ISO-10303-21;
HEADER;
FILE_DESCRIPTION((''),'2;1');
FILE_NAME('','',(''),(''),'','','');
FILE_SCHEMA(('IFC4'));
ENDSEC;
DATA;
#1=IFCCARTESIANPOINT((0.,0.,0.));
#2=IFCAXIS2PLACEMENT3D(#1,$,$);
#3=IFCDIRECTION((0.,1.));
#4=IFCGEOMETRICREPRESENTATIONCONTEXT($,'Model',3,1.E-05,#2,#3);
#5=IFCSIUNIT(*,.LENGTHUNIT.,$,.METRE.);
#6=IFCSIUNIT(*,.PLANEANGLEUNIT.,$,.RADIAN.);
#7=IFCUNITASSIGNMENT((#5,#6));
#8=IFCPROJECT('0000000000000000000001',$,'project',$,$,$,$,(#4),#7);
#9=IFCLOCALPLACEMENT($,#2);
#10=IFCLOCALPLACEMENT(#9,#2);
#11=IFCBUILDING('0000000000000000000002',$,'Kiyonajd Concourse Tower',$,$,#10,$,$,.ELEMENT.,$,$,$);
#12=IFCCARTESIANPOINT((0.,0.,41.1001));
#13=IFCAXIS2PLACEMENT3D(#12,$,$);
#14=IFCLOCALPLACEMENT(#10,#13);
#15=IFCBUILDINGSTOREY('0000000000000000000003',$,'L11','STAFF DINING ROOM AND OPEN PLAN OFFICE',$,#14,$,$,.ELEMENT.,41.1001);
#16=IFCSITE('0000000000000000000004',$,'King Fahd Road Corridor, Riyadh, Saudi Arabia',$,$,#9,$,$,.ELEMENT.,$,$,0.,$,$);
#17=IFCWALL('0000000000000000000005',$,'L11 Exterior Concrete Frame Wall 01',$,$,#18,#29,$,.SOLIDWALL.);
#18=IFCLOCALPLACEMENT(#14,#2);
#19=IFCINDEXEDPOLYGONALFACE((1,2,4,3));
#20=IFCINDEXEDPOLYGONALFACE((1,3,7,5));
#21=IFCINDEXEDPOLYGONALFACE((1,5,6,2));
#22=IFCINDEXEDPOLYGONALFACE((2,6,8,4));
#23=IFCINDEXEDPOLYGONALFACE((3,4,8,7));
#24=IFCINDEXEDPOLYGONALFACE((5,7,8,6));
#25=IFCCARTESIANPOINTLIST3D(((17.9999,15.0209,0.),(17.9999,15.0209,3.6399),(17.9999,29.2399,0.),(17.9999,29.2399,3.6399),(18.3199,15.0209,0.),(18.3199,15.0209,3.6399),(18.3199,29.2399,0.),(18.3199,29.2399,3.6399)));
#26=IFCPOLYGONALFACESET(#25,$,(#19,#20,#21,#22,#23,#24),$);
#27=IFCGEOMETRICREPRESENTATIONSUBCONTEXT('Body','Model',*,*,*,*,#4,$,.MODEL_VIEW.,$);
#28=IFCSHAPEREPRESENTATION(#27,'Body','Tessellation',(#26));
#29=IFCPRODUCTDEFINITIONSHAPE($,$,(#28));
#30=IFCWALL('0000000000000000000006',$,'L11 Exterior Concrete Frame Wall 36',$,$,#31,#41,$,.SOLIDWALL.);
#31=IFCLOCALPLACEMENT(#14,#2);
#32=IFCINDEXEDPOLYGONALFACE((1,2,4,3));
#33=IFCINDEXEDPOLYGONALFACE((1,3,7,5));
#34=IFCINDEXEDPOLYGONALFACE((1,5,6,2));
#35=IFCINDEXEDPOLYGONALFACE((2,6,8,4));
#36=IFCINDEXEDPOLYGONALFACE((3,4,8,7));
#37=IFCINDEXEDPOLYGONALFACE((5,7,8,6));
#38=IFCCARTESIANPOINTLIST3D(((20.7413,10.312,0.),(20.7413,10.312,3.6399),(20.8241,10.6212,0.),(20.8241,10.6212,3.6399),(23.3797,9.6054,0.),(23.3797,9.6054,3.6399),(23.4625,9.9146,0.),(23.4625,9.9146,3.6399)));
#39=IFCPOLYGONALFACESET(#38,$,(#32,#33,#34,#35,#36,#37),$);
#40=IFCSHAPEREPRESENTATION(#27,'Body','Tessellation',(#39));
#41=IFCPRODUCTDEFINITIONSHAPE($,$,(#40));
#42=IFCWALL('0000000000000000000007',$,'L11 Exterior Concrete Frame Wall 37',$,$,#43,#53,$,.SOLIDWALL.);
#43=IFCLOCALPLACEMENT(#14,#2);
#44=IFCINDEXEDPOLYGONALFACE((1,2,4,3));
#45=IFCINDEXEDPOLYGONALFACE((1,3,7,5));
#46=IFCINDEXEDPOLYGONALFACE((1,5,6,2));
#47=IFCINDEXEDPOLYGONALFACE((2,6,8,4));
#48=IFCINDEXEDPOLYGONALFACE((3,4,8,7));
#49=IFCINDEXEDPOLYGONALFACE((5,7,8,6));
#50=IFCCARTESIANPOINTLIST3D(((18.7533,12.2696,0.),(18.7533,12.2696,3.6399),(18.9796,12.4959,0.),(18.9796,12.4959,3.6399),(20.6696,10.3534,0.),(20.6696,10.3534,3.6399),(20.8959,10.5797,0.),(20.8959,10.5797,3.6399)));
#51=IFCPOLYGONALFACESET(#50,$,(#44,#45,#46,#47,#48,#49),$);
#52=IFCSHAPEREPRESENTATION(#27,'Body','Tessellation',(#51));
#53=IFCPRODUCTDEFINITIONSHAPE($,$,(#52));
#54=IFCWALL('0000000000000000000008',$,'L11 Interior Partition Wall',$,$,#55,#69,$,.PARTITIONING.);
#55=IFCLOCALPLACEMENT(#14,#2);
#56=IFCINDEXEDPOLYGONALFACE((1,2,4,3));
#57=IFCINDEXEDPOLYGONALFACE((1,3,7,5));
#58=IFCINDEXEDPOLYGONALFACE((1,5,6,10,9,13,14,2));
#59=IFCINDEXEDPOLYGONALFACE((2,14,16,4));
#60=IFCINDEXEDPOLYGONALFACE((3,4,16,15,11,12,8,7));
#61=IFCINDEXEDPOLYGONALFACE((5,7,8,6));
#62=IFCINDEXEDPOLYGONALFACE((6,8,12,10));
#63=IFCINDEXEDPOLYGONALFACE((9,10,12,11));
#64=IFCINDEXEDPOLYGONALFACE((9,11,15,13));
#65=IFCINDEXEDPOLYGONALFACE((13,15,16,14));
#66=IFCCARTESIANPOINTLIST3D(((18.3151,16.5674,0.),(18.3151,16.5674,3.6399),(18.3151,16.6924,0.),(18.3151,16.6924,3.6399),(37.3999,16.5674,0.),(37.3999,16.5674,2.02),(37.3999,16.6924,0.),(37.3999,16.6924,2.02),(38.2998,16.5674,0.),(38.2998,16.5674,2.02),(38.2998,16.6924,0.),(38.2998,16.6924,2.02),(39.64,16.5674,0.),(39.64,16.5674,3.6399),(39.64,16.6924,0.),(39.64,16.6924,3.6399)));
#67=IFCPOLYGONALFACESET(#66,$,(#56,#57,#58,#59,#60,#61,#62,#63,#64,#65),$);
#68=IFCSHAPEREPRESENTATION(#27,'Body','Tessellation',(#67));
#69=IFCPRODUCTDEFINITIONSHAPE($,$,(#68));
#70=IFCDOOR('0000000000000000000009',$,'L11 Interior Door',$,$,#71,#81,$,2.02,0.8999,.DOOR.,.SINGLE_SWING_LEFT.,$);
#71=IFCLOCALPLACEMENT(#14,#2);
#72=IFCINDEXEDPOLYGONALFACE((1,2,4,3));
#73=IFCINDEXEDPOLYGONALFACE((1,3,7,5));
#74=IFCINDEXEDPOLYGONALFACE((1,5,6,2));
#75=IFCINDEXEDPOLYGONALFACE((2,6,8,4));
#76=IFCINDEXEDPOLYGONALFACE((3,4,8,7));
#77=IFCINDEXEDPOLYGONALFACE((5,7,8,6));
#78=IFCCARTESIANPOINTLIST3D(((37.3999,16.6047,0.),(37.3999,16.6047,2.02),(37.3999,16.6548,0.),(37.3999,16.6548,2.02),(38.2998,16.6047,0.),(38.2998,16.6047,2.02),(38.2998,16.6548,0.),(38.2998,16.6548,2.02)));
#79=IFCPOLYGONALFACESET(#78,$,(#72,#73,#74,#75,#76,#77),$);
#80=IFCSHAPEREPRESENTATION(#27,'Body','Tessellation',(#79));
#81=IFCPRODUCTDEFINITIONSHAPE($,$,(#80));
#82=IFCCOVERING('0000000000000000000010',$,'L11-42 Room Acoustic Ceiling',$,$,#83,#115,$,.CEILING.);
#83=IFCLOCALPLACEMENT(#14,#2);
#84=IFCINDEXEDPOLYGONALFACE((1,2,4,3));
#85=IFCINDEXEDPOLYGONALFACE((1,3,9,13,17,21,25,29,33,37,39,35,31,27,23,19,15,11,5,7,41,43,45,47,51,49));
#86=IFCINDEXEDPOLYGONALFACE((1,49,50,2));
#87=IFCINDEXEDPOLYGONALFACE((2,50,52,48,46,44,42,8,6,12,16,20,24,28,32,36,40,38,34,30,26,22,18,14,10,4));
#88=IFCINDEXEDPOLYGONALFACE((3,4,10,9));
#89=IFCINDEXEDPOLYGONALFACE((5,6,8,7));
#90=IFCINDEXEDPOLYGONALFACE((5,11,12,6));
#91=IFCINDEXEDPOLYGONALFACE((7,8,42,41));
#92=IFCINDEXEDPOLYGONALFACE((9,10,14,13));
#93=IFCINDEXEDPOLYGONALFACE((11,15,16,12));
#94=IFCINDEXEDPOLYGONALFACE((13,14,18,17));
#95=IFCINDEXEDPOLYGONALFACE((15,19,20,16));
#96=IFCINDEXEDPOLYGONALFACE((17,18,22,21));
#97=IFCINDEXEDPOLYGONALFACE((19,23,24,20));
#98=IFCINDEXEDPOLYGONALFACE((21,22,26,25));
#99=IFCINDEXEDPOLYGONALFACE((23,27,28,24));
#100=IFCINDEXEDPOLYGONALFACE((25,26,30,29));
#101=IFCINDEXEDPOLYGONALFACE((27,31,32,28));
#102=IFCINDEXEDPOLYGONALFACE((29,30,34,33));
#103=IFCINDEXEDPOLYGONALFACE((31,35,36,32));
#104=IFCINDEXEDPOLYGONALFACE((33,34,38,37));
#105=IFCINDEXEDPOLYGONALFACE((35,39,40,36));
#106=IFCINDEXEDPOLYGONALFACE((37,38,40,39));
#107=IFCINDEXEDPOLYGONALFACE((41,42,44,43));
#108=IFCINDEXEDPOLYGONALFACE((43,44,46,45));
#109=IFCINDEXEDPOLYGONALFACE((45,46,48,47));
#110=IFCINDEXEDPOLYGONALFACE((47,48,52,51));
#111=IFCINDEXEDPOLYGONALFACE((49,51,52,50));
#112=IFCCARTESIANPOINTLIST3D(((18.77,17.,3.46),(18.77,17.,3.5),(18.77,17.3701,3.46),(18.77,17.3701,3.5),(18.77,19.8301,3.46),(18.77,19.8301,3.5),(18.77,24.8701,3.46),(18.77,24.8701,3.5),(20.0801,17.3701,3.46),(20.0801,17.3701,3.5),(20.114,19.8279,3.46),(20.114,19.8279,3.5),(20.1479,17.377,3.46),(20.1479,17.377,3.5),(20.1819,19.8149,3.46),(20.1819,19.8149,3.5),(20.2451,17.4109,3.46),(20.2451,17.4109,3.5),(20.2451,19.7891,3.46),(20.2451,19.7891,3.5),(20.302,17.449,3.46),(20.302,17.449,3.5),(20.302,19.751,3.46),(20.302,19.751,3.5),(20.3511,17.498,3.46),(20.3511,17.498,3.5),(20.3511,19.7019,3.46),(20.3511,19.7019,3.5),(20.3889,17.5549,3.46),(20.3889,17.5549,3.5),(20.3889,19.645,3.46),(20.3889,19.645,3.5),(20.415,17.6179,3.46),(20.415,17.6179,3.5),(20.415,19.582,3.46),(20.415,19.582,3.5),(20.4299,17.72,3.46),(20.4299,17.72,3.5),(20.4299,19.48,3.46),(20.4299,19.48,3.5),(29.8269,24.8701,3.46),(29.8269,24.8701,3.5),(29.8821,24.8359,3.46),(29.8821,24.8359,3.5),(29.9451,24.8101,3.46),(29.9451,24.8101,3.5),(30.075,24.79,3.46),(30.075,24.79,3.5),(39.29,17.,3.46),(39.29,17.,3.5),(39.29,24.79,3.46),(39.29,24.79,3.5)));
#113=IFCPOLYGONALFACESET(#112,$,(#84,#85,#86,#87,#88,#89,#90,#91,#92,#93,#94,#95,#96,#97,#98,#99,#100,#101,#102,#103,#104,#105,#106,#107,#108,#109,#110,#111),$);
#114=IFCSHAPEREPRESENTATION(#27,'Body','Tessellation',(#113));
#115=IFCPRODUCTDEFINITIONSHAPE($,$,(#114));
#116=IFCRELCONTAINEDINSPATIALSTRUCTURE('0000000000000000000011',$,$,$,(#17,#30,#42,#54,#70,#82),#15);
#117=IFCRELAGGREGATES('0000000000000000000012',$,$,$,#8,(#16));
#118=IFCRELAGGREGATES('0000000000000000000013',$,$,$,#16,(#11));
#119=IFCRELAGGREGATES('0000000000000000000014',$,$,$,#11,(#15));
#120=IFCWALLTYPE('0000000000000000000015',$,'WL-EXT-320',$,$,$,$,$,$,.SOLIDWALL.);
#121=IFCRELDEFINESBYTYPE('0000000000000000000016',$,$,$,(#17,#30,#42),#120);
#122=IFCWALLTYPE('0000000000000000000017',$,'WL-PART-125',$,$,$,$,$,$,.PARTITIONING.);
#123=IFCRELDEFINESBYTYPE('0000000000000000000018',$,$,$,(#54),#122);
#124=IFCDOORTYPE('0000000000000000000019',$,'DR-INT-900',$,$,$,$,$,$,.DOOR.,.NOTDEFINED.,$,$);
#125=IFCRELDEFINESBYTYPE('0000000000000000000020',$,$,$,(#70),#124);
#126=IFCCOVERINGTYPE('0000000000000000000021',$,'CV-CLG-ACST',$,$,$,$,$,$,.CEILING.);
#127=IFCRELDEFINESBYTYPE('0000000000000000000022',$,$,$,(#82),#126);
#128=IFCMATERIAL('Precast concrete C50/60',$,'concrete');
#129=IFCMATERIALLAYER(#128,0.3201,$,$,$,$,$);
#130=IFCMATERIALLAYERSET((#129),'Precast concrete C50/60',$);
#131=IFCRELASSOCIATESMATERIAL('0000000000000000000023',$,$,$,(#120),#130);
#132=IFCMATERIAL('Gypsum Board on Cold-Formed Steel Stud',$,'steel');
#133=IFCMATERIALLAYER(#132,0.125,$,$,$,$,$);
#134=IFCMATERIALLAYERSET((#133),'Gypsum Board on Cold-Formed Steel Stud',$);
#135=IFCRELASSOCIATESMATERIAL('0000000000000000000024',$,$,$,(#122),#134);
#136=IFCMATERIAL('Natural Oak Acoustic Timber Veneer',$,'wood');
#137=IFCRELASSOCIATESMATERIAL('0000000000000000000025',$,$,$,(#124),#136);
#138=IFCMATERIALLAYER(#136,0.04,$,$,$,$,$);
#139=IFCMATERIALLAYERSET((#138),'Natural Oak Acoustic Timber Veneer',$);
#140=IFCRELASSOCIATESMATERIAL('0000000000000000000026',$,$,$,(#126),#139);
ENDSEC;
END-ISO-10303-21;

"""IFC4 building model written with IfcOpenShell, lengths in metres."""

from ifc_helpers import new_model, si_unit, direction, frame, frame_2d, origin, place, context, subcontext, project, spatial, polyline, rectangle, outline, extrude, material, layer, layer_set, type_object, element, fill, save


model = new_model("IFC4")

# Units and contexts
model_context = context("Model", 3, precision=1e-05, world=origin(), true_north=direction((0.0, 1.0)))
body_context = subcontext(model_context, "Body", "Model", "MODEL_VIEW")
ifc_project = project(units=[si_unit("LENGTHUNIT", "METRE"), si_unit("PLANEANGLEUNIT", "RADIAN")], contexts=[model_context])

# Site, building, storey
site_placement = place(None, origin())
site = spatial("IfcSite", under=ifc_project, at=site_placement, Name="King Fahd Road Corridor, Riyadh, Saudi Arabia", CompositionType="ELEMENT", RefElevation=0.0)
building_placement = place(site_placement, origin())
building = spatial("IfcBuilding", under=site, at=building_placement, Name="Kiyonajd Concourse Tower", CompositionType="ELEMENT")
storey_placement = place(building_placement, frame((0.0, 0.0, 41.1001)))
storey = spatial("IfcBuildingStorey", under=building, at=storey_placement, Name="L11", Description="STAFF DINING ROOM AND OPEN PLAN OFFICE", CompositionType="ELEMENT", Elevation=41.1001)

# Shared definitions
ifc_material_1 = material(Name="Precast concrete C50/60", Category="concrete")

# Walls
ifc_layer_1 = layer(ifc_material_1, 0.3201)
ifc_layer_set_1 = layer_set([ifc_layer_1], Name="Precast concrete C50/60")
wall_type_1 = type_object("IfcWallType", Name="WL-EXT-320", PredefinedType="SOLIDWALL", material=ifc_layer_set_1)
wall_1_placement = place(storey_placement, frame((18.1599, 15.021, 0.0), z_axis=(0.0, 0.0, 1.0), x_axis=(0.0, 1.0, 0.0)))
element("IfcWall", 1, at=wall_1_placement, inside=storey, type_object=wall_type_1, Name="L11 Exterior Concrete Frame Wall 01", PredefinedType="SOLIDWALL", context=body_context, shape_type="SweptSolid", body=[
    extrude(rectangle(XDim=14.219, YDim=0.3201, at=frame_2d((7.1094, 0.0))), origin(), (0.0, 0.0, 1.0), 3.6399),
])
wall_2_placement = place(storey_placement, frame((23.4211, 9.76, 0.0), z_axis=(0.0, 0.0, 1.0), x_axis=(-0.965964, 0.258675, 0.0)))
element("IfcWall", 2, at=wall_2_placement, inside=storey, type_object=wall_type_1, Name="L11 Exterior Concrete Frame Wall 36", PredefinedType="SOLIDWALL", context=body_context, shape_type="SweptSolid", body=[
    extrude(rectangle(XDim=2.7314, YDim=0.3201, at=frame_2d((1.3657, 0.0))), origin(), (0.0, 0.0, 1.0), 3.6399),
])
wall_3_placement = place(storey_placement, frame((20.7827, 10.4666, 0.0), z_axis=(0.0, 0.0, 1.0), x_axis=(-0.707107, 0.707107, 0.0)))
element("IfcWall", 3, at=wall_3_placement, inside=storey, type_object=wall_type_1, Name="L11 Exterior Concrete Frame Wall 37", PredefinedType="SOLIDWALL", context=body_context, shape_type="SweptSolid", body=[
    extrude(rectangle(XDim=2.71, YDim=0.3201, at=frame_2d((1.355, 0.0))), origin(), (0.0, 0.0, 1.0), 3.6399),
])

# Wall, opening, door
ifc_material_2 = material(Name="Gypsum Board on Cold-Formed Steel Stud", Category="steel")
ifc_layer_2 = layer(ifc_material_2, 0.125)
ifc_layer_set_2 = layer_set([ifc_layer_2], Name="Gypsum Board on Cold-Formed Steel Stud")
wall_type_2 = type_object("IfcWallType", Name="WL-PART-125", PredefinedType="PARTITIONING", material=ifc_layer_set_2)
wall_4_placement = place(storey_placement, frame((18.3149, 16.6299, 0.0), z_axis=(0.0, 0.0, 1.0), x_axis=(1.0, 0.0, 0.0)))
wall_4 = element("IfcWall", 4, at=wall_4_placement, inside=storey, type_object=wall_type_2, Name="L11 Interior Partition Wall", PredefinedType="PARTITIONING", context=body_context, shape_type="SweptSolid", body=[
    extrude(rectangle(XDim=21.325, YDim=0.125, at=frame_2d((10.6626, 0.0))), origin(), (0.0, 0.0, 1.0), 3.6399),
])
opening_placement = place(wall_4_placement, frame((19.085, 0.0, 0.0)))
opening = element("IfcOpeningElement", 5, at=opening_placement, cuts=wall_4, PredefinedType="OPENING", context=body_context, shape_type="SweptSolid", body=[
    extrude(rectangle(XDim=0.8999, YDim=2.02, at=frame_2d((0.45, 1.01))), frame((0.0, 0.0725, 0.0), z_axis=(0.0, -1.0, 0.0), x_axis=(1.0, 0.0, 0.0)), (0.0, 0.0, 1.0), 0.145),
])
ifc_material_3 = material(Name="Natural Oak Acoustic Timber Veneer", Category="wood")
door_type = type_object("IfcDoorType", Name="DR-INT-900", OperationType="NOTDEFINED", PredefinedType="DOOR", material=ifc_material_3)
door_placement = place(opening_placement, origin())
door = element("IfcDoor", 6, at=door_placement, inside=storey, type_object=door_type, Name="L11 Interior Door", OperationType="SINGLE_SWING_LEFT", OverallHeight=2.02, OverallWidth=0.8999, PredefinedType="DOOR", context=body_context, shape_type="SweptSolid", body=[
    extrude(rectangle(XDim=0.8999, YDim=2.02, at=frame_2d((0.45, 1.01))), frame((0.0, 0.0249, 0.0), z_axis=(0.0, -1.0, 0.0), x_axis=(1.0, 0.0, 0.0)), (0.0, 0.0, 1.0), 0.05),
])
fill(opening, door)

# Covering
ifc_layer_3 = layer(ifc_material_3, 0.04)
ifc_layer_set_3 = layer_set([ifc_layer_3], Name="Natural Oak Acoustic Timber Veneer")
covering_type = type_object("IfcCoveringType", Name="CV-CLG-ACST", PredefinedType="CEILING", material=ifc_layer_set_3)
covering_1_placement = place(storey_placement, frame((0.0, 0.0, 3.46)))
element("IfcCovering", 7, at=covering_1_placement, inside=storey, type_object=covering_type, Name="L11-42 Room Acoustic Ceiling", PredefinedType="CEILING", context=body_context, shape_type="SweptSolid", body=[
    extrude(outline(polyline([(29.8269, 24.8701), (29.8821, 24.8359), (29.9451, 24.8101), (30.075, 24.79), (39.29, 24.79), (39.29, 17.0), (18.77, 17.0), (18.77, 17.3701), (20.0801, 17.3701), (20.1479, 17.377), (20.2451, 17.4109), (20.302, 17.449), (20.3511, 17.498), (20.3889, 17.5549), (20.415, 17.6179), (20.4299, 17.72), (20.4299, 19.48), (20.415, 19.582), (20.3889, 19.645), (20.3511, 19.7019), (20.302, 19.751), (20.2451, 19.7891), (20.1819, 19.8149), (20.114, 19.8279), (18.77, 19.8301), (18.77, 24.8701), (29.8269, 24.8701)])), origin(), (0.0, 0.0, 1.0), 0.04),
])

save(model, "model.ifc")
